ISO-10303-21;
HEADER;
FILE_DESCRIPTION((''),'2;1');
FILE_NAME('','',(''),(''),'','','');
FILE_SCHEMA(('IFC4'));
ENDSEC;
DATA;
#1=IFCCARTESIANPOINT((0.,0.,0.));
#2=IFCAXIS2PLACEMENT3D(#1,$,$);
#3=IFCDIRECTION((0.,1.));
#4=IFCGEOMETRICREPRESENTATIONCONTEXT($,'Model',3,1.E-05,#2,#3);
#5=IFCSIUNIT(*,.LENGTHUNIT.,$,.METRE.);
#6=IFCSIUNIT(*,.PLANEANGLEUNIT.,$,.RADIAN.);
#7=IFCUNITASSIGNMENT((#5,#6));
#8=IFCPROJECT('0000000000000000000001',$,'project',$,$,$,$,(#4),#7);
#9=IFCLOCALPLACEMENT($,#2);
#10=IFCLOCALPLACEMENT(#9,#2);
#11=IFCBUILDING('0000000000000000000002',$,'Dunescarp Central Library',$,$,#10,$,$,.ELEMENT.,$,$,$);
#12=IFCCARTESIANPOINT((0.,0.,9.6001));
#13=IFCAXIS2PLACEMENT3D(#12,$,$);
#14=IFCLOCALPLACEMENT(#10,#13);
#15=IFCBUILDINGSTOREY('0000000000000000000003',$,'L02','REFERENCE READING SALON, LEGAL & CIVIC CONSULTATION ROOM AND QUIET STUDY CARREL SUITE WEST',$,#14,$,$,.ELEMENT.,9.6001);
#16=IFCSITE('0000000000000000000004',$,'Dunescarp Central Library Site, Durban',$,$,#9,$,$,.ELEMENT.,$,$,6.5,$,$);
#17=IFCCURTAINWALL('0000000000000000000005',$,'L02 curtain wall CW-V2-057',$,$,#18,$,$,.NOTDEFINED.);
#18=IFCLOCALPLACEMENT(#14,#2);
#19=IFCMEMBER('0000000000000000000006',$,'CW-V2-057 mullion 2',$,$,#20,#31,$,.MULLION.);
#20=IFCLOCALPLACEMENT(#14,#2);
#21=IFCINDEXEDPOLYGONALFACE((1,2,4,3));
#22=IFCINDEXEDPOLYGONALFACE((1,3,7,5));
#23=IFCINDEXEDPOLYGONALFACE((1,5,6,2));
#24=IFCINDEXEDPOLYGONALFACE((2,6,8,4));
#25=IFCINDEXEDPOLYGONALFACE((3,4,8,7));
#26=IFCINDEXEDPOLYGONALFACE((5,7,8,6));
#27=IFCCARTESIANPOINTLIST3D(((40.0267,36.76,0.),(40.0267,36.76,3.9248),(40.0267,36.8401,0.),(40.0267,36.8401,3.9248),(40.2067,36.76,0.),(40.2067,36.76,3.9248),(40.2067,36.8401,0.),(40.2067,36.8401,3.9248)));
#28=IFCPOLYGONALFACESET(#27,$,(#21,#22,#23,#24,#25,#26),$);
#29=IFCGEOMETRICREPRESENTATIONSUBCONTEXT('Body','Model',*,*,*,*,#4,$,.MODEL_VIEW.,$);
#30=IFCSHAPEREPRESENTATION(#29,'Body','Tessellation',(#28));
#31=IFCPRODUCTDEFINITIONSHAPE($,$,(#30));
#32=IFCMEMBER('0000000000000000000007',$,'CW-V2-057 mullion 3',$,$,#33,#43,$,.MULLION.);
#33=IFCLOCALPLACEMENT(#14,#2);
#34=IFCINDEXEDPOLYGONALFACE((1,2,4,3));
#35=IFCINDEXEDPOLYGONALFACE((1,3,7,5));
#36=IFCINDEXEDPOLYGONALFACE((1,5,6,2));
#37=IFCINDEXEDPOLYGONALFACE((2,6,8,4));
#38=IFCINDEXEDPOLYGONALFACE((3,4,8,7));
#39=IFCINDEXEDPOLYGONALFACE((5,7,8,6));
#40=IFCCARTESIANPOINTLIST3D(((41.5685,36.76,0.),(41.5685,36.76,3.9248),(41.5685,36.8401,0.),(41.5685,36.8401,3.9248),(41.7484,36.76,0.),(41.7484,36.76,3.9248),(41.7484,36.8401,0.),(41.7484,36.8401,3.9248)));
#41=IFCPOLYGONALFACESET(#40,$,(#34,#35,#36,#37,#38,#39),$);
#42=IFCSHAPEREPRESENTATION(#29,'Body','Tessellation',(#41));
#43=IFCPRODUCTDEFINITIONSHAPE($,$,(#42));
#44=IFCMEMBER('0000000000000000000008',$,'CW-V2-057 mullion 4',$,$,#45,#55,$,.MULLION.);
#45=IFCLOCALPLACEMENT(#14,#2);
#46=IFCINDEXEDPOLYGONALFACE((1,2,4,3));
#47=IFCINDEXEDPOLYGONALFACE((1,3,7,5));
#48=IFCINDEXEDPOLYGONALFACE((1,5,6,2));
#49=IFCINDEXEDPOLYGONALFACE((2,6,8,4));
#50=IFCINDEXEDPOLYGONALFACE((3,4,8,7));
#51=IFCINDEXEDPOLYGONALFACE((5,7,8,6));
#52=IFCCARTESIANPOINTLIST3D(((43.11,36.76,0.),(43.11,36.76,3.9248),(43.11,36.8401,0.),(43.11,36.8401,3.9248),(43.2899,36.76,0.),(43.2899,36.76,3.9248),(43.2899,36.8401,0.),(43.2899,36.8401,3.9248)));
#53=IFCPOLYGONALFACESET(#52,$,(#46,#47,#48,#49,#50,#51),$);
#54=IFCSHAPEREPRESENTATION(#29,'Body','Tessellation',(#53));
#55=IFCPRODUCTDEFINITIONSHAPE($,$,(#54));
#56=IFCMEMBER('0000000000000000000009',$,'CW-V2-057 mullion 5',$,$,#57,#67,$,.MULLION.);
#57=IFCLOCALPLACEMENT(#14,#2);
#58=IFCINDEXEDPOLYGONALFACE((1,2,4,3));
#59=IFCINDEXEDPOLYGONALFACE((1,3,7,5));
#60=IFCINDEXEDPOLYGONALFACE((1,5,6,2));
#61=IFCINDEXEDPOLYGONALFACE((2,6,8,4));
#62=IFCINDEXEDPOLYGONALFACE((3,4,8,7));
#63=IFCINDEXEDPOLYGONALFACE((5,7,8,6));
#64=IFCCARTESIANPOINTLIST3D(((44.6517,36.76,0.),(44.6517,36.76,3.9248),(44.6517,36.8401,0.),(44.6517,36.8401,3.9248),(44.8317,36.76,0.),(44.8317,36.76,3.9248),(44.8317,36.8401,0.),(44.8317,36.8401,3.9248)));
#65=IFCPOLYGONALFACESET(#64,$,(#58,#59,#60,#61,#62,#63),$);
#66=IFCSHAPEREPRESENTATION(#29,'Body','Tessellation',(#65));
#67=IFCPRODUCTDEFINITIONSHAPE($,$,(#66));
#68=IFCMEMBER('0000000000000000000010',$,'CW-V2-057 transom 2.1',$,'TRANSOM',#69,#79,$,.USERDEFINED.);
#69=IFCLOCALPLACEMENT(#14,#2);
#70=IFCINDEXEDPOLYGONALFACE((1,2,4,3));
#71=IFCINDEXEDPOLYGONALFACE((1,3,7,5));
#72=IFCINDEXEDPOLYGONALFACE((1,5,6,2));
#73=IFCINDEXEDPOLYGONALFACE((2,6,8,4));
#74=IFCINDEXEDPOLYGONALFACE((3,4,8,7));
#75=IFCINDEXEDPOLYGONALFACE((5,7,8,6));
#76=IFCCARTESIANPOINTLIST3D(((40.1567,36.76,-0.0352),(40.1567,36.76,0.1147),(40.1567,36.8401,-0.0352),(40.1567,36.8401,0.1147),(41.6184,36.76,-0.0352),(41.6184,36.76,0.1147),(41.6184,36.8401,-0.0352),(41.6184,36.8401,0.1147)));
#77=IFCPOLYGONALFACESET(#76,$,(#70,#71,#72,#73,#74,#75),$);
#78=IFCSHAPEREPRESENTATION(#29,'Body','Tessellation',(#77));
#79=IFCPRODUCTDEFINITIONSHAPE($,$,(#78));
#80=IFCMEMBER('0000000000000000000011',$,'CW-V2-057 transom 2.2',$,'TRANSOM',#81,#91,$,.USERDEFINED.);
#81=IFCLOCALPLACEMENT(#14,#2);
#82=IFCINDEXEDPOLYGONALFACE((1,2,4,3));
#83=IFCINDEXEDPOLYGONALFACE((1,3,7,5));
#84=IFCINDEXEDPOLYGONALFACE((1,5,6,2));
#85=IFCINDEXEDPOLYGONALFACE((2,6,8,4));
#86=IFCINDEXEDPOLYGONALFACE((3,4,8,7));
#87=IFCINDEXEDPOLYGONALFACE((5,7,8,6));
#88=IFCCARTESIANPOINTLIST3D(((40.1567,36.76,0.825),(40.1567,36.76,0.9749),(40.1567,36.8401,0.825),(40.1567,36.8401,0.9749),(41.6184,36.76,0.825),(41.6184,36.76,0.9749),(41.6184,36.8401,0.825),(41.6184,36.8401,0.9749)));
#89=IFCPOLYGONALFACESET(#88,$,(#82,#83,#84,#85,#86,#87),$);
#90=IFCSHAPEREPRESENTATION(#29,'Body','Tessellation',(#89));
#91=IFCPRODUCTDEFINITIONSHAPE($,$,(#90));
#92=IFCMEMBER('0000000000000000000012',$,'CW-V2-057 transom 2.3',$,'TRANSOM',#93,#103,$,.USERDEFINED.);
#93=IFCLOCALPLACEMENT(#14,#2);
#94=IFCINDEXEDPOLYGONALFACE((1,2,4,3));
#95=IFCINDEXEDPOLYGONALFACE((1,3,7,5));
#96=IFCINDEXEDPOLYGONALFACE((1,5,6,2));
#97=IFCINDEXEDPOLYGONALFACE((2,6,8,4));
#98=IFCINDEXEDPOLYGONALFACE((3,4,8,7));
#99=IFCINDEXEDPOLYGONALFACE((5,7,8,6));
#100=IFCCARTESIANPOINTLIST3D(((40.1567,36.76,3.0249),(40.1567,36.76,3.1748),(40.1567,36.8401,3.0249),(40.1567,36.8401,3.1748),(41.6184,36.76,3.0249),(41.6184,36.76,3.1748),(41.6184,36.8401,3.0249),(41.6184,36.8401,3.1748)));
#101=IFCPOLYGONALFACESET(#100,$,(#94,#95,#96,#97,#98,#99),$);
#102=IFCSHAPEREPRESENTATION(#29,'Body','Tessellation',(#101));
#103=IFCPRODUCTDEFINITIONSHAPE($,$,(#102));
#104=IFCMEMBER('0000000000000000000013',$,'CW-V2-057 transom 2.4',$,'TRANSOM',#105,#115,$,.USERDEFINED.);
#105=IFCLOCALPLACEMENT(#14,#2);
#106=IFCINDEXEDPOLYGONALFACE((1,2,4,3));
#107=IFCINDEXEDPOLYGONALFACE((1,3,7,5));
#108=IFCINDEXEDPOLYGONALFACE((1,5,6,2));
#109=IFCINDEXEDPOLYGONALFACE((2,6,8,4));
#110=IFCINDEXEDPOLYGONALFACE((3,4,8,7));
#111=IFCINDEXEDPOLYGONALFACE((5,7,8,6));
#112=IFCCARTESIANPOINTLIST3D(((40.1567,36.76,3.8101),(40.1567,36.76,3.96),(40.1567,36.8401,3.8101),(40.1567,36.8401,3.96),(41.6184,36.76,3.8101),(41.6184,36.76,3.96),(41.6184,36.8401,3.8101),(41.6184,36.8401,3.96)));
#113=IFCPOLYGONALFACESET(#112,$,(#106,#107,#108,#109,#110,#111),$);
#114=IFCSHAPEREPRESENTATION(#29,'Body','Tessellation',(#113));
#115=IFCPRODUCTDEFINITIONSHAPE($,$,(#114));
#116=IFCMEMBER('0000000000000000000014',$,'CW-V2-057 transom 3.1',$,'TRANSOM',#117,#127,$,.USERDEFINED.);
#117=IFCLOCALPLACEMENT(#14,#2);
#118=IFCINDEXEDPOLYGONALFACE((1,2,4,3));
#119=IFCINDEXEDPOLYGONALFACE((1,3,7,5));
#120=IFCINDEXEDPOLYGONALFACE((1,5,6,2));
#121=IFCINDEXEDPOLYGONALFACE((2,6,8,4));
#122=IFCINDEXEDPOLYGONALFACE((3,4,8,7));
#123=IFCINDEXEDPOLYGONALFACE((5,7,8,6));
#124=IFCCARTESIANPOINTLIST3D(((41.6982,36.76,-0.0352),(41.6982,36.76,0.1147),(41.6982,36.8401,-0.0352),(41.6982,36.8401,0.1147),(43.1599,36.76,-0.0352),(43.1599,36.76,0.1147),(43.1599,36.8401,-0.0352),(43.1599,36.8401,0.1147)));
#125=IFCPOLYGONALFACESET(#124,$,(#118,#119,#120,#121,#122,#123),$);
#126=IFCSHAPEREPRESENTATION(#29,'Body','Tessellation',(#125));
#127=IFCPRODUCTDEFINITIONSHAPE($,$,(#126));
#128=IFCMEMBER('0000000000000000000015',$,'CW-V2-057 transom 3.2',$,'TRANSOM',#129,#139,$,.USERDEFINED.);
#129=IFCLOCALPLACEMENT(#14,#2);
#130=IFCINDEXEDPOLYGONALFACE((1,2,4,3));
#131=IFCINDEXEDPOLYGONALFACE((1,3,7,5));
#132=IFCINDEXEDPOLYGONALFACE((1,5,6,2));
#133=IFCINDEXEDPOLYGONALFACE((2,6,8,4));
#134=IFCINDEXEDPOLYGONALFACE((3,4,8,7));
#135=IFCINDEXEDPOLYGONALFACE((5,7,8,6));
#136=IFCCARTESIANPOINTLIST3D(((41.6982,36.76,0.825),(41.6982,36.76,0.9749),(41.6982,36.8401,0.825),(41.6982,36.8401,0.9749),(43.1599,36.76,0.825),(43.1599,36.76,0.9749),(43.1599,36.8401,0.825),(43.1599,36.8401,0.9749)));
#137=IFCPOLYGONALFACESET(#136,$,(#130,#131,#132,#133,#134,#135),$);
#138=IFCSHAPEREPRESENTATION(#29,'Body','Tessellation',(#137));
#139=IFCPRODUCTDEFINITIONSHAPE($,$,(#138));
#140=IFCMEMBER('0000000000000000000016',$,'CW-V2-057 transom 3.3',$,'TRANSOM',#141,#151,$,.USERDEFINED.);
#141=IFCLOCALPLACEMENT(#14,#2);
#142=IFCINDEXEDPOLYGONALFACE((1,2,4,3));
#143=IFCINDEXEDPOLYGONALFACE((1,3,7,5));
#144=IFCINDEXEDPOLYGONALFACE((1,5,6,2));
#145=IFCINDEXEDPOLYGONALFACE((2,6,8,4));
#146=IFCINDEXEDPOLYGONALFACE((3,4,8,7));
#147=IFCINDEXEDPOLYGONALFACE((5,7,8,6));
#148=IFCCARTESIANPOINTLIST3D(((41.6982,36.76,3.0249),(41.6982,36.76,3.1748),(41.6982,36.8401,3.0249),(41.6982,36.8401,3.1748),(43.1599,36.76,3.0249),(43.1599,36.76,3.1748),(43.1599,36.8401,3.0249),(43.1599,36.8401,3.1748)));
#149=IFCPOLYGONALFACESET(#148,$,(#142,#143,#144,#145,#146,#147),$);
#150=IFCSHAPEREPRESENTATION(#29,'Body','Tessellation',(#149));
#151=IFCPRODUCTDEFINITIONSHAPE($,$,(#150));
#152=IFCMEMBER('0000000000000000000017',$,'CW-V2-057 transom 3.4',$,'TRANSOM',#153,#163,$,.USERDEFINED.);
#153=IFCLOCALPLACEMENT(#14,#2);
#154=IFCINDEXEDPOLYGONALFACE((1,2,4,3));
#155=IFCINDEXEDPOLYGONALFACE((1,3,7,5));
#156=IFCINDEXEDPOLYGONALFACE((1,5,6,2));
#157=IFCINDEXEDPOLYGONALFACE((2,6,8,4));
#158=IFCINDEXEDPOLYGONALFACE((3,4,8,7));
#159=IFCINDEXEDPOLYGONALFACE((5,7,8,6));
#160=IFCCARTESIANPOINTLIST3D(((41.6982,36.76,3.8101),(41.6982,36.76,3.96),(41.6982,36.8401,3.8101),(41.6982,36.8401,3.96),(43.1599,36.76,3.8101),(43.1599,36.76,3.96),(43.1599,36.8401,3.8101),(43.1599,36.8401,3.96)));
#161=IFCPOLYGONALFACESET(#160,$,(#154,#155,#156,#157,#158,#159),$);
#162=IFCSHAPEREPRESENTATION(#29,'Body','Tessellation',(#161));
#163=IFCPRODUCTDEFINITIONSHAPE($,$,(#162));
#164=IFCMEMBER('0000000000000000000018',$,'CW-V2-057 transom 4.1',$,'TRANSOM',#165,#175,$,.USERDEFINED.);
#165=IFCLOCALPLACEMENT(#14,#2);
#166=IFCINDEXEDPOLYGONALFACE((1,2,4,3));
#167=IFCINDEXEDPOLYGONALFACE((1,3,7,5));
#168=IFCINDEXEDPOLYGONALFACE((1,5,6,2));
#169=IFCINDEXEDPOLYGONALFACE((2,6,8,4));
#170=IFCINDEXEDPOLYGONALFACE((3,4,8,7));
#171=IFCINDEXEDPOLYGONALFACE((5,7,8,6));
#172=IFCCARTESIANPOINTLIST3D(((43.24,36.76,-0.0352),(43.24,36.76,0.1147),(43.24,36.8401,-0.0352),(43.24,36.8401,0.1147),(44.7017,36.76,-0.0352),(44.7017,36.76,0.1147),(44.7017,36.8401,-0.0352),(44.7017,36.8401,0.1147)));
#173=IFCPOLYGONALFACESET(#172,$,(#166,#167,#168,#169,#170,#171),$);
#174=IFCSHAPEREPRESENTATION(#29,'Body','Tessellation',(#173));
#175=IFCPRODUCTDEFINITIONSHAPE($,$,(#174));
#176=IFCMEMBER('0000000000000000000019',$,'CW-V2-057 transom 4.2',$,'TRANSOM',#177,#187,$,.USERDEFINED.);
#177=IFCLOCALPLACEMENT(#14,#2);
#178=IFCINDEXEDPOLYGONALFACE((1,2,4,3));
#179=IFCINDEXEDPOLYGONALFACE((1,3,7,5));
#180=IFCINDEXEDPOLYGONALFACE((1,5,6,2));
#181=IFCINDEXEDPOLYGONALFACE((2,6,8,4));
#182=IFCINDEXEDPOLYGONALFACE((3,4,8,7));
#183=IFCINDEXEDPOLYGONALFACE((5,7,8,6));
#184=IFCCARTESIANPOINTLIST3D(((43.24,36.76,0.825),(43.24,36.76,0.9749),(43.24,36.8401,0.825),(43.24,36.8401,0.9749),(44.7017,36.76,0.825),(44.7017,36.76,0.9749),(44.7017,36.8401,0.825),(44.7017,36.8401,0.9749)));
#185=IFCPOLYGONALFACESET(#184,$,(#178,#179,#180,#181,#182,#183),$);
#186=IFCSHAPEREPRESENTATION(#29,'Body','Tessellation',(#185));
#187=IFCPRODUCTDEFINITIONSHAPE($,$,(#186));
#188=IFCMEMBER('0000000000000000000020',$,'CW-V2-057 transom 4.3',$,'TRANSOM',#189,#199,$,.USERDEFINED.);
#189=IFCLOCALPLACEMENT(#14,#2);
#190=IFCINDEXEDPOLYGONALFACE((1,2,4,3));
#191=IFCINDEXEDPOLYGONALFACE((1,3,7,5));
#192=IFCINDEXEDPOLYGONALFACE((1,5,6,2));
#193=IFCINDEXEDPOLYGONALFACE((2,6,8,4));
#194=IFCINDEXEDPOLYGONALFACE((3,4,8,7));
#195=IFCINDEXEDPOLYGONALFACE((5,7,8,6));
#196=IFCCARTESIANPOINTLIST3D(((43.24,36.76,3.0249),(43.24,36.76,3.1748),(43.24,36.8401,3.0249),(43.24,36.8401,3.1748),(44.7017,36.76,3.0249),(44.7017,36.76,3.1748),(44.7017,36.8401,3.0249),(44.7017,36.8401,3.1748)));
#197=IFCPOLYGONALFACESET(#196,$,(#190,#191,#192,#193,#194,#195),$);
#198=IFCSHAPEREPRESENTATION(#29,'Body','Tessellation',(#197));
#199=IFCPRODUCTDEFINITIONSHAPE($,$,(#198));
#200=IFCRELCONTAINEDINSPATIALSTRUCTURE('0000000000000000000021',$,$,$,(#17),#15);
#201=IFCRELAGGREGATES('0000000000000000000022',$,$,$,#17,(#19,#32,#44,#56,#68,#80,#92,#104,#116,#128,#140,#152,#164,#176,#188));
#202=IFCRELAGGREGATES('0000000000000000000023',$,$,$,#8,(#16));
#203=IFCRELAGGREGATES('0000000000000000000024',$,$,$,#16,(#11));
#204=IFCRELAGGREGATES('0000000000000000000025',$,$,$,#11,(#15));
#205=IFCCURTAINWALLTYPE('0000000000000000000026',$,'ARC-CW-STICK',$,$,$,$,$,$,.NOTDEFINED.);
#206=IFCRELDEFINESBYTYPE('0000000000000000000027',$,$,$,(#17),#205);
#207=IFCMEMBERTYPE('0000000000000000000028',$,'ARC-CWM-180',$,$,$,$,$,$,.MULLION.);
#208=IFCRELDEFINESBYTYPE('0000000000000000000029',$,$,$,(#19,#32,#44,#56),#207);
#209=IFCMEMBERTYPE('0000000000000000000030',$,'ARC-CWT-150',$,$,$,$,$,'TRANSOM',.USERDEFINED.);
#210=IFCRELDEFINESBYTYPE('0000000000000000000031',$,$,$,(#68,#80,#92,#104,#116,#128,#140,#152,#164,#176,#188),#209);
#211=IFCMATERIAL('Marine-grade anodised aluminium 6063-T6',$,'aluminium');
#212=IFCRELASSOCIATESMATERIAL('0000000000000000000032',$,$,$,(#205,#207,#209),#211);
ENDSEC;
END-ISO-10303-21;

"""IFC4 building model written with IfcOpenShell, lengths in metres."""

from ifc_helpers import new_model, si_unit, direction, frame, origin, origin_2d, place, context, subcontext, project, spatial, rectangle, extrude, material, material_profile, profile_set, type_object, element, aggregate, save


model = new_model("IFC4")

# Units and contexts
model_context = context("Model", 3, precision=1e-05, world=origin(), true_north=direction((0.0, 1.0)))
body_context = subcontext(model_context, "Body", "Model", "MODEL_VIEW")
ifc_project = project(units=[si_unit("LENGTHUNIT", "METRE"), si_unit("PLANEANGLEUNIT", "RADIAN")], contexts=[model_context])

# Site, building, storey
site_placement = place(None, origin())
site = spatial("IfcSite", under=ifc_project, at=site_placement, Name="Dunescarp Central Library Site, Durban", CompositionType="ELEMENT", RefElevation=6.5)
building_placement = place(site_placement, origin())
building = spatial("IfcBuilding", under=site, at=building_placement, Name="Dunescarp Central Library", CompositionType="ELEMENT")
storey_placement = place(building_placement, frame((0.0, 0.0, 9.6001)))
storey = spatial("IfcBuildingStorey", under=building, at=storey_placement, Name="L02", Description="REFERENCE READING SALON, LEGAL & CIVIC CONSULTATION ROOM AND QUIET STUDY CARREL SUITE WEST", CompositionType="ELEMENT", Elevation=9.6001)

# Curtain wall, members
ifc_material_1 = material(Name="Marine-grade anodised aluminium 6063-T6", Category="aluminium")
curtain_wall_type = type_object("IfcCurtainWallType", Name="ARC-CW-STICK", PredefinedType="NOTDEFINED", material=ifc_material_1)
curtain_wall_placement = place(storey_placement, origin())
curtain_wall = element("IfcCurtainWall", 1, at=curtain_wall_placement, inside=storey, type_object=curtain_wall_type, Name="L02 curtain wall CW-V2-057", PredefinedType="NOTDEFINED")
ifc_material_profile_1 = material_profile(ifc_material_1, rectangle(XDim=0.0801, YDim=0.1799, at=origin_2d()), Name="AL 80x180")
ifc_profile_set_1 = profile_set([ifc_material_profile_1], Name="Marine-grade anodised aluminium 6063-T6")
member_type_1 = type_object("IfcMemberType", Name="ARC-CWM-180", PredefinedType="MULLION", material=ifc_profile_set_1)
member_1_placement = place(storey_placement, frame((40.1167, 36.8, 0.0), z_axis=(0.0, 0.0, 1.0), x_axis=(0.0, 1.0, 0.0)))
member_1 = element("IfcMember", 2, at=member_1_placement, type_object=member_type_1, Name="CW-V2-057 mullion 2", PredefinedType="MULLION", context=body_context, shape_type="SweptSolid", body=[
    extrude(rectangle(XDim=0.0801, YDim=0.1799, at=origin_2d()), origin(), (0.0, 0.0, 1.0), 3.9248),
])
member_2_placement = place(storey_placement, frame((41.6584, 36.8, 0.0), z_axis=(0.0, 0.0, 1.0), x_axis=(0.0, 1.0, 0.0)))
member_2 = element("IfcMember", 3, at=member_2_placement, type_object=member_type_1, Name="CW-V2-057 mullion 3", PredefinedType="MULLION", context=body_context, shape_type="SweptSolid", body=[
    extrude(rectangle(XDim=0.0801, YDim=0.1799, at=origin_2d()), origin(), (0.0, 0.0, 1.0), 3.9248),
])
member_3_placement = place(storey_placement, frame((43.2, 36.8, 0.0), z_axis=(0.0, 0.0, 1.0), x_axis=(0.0, 1.0, 0.0)))
member_3 = element("IfcMember", 4, at=member_3_placement, type_object=member_type_1, Name="CW-V2-057 mullion 4", PredefinedType="MULLION", context=body_context, shape_type="SweptSolid", body=[
    extrude(rectangle(XDim=0.0801, YDim=0.1799, at=origin_2d()), origin(), (0.0, 0.0, 1.0), 3.9248),
])
member_4_placement = place(storey_placement, frame((44.7417, 36.8, 0.0), z_axis=(0.0, 0.0, 1.0), x_axis=(0.0, 1.0, 0.0)))
member_4 = element("IfcMember", 5, at=member_4_placement, type_object=member_type_1, Name="CW-V2-057 mullion 5", PredefinedType="MULLION", context=body_context, shape_type="SweptSolid", body=[
    extrude(rectangle(XDim=0.0801, YDim=0.1799, at=origin_2d()), origin(), (0.0, 0.0, 1.0), 3.9248),
])
ifc_material_profile_2 = material_profile(ifc_material_1, rectangle(XDim=0.0801, YDim=0.1499, at=origin_2d()), Name="AL 80x150")
ifc_profile_set_2 = profile_set([ifc_material_profile_2], Name="Marine-grade anodised aluminium 6063-T6")
member_type_2 = type_object("IfcMemberType", Name="ARC-CWT-150", ElementType="TRANSOM", PredefinedType="USERDEFINED", material=ifc_profile_set_2)
member_5_placement = place(storey_placement, frame((40.1567, 36.8, 0.0398), z_axis=(1.0, 0.0, 0.0), x_axis=(0.0, 1.0, 0.0)))
member_5 = element("IfcMember", 6, at=member_5_placement, type_object=member_type_2, Name="CW-V2-057 transom 2.1", ObjectType="TRANSOM", PredefinedType="USERDEFINED", context=body_context, shape_type="SweptSolid", body=[
    extrude(rectangle(XDim=0.0801, YDim=0.1499, at=origin_2d()), origin(), (0.0, 0.0, 1.0), 1.4617),
])
member_6_placement = place(storey_placement, frame((40.1567, 36.8, 0.8999), z_axis=(1.0, 0.0, 0.0), x_axis=(0.0, 1.0, 0.0)))
member_6 = element("IfcMember", 7, at=member_6_placement, type_object=member_type_2, Name="CW-V2-057 transom 2.2", ObjectType="TRANSOM", PredefinedType="USERDEFINED", context=body_context, shape_type="SweptSolid", body=[
    extrude(rectangle(XDim=0.0801, YDim=0.1499, at=origin_2d()), origin(), (0.0, 0.0, 1.0), 1.4617),
])
member_7_placement = place(storey_placement, frame((40.1567, 36.8, 3.0999), z_axis=(1.0, 0.0, 0.0), x_axis=(0.0, 1.0, 0.0)))
member_7 = element("IfcMember", 8, at=member_7_placement, type_object=member_type_2, Name="CW-V2-057 transom 2.3", ObjectType="TRANSOM", PredefinedType="USERDEFINED", context=body_context, shape_type="SweptSolid", body=[
    extrude(rectangle(XDim=0.0801, YDim=0.1499, at=origin_2d()), origin(), (0.0, 0.0, 1.0), 1.4617),
])
member_8_placement = place(storey_placement, frame((40.1567, 36.8, 3.885), z_axis=(1.0, 0.0, 0.0), x_axis=(0.0, 1.0, 0.0)))
member_8 = element("IfcMember", 9, at=member_8_placement, type_object=member_type_2, Name="CW-V2-057 transom 2.4", ObjectType="TRANSOM", PredefinedType="USERDEFINED", context=body_context, shape_type="SweptSolid", body=[
    extrude(rectangle(XDim=0.0801, YDim=0.1499, at=origin_2d()), origin(), (0.0, 0.0, 1.0), 1.4617),
])
member_9_placement = place(storey_placement, frame((41.6982, 36.8, 0.0398), z_axis=(1.0, 0.0, 0.0), x_axis=(0.0, 1.0, 0.0)))
member_9 = element("IfcMember", 10, at=member_9_placement, type_object=member_type_2, Name="CW-V2-057 transom 3.1", ObjectType="TRANSOM", PredefinedType="USERDEFINED", context=body_context, shape_type="SweptSolid", body=[
    extrude(rectangle(XDim=0.0801, YDim=0.1499, at=origin_2d()), origin(), (0.0, 0.0, 1.0), 1.4617),
])
member_10_placement = place(storey_placement, frame((41.6982, 36.8, 0.8999), z_axis=(1.0, 0.0, 0.0), x_axis=(0.0, 1.0, 0.0)))
member_10 = element("IfcMember", 11, at=member_10_placement, type_object=member_type_2, Name="CW-V2-057 transom 3.2", ObjectType="TRANSOM", PredefinedType="USERDEFINED", context=body_context, shape_type="SweptSolid", body=[
    extrude(rectangle(XDim=0.0801, YDim=0.1499, at=origin_2d()), origin(), (0.0, 0.0, 1.0), 1.4617),
])
member_11_placement = place(storey_placement, frame((41.6982, 36.8, 3.0999), z_axis=(1.0, 0.0, 0.0), x_axis=(0.0, 1.0, 0.0)))
member_11 = element("IfcMember", 12, at=member_11_placement, type_object=member_type_2, Name="CW-V2-057 transom 3.3", ObjectType="TRANSOM", PredefinedType="USERDEFINED", context=body_context, shape_type="SweptSolid", body=[
    extrude(rectangle(XDim=0.0801, YDim=0.1499, at=origin_2d()), origin(), (0.0, 0.0, 1.0), 1.4617),
])
member_12_placement = place(storey_placement, frame((41.6982, 36.8, 3.885), z_axis=(1.0, 0.0, 0.0), x_axis=(0.0, 1.0, 0.0)))
member_12 = element("IfcMember", 13, at=member_12_placement, type_object=member_type_2, Name="CW-V2-057 transom 3.4", ObjectType="TRANSOM", PredefinedType="USERDEFINED", context=body_context, shape_type="SweptSolid", body=[
    extrude(rectangle(XDim=0.0801, YDim=0.1499, at=origin_2d()), origin(), (0.0, 0.0, 1.0), 1.4617),
])
member_13_placement = place(storey_placement, frame((43.24, 36.8, 0.0398), z_axis=(1.0, 0.0, 0.0), x_axis=(0.0, 1.0, 0.0)))
member_13 = element("IfcMember", 14, at=member_13_placement, type_object=member_type_2, Name="CW-V2-057 transom 4.1", ObjectType="TRANSOM", PredefinedType="USERDEFINED", context=body_context, shape_type="SweptSolid", body=[
    extrude(rectangle(XDim=0.0801, YDim=0.1499, at=origin_2d()), origin(), (0.0, 0.0, 1.0), 1.4617),
])
member_14_placement = place(storey_placement, frame((43.24, 36.8, 0.8999), z_axis=(1.0, 0.0, 0.0), x_axis=(0.0, 1.0, 0.0)))
member_14 = element("IfcMember", 15, at=member_14_placement, type_object=member_type_2, Name="CW-V2-057 transom 4.2", ObjectType="TRANSOM", PredefinedType="USERDEFINED", context=body_context, shape_type="SweptSolid", body=[
    extrude(rectangle(XDim=0.0801, YDim=0.1499, at=origin_2d()), origin(), (0.0, 0.0, 1.0), 1.4617),
])
member_15_placement = place(storey_placement, frame((43.24, 36.8, 3.0999), z_axis=(1.0, 0.0, 0.0), x_axis=(0.0, 1.0, 0.0)))
member_15 = element("IfcMember", 16, at=member_15_placement, type_object=member_type_2, Name="CW-V2-057 transom 4.3", ObjectType="TRANSOM", PredefinedType="USERDEFINED", context=body_context, shape_type="SweptSolid", body=[
    extrude(rectangle(XDim=0.0801, YDim=0.1499, at=origin_2d()), origin(), (0.0, 0.0, 1.0), 1.4617),
])
aggregate(curtain_wall, [member_1, member_2, member_3, member_4, member_5, member_6, member_7, member_8, member_9, member_10, member_11, member_12, member_13, member_14, member_15])

save(model, "model.ifc")
